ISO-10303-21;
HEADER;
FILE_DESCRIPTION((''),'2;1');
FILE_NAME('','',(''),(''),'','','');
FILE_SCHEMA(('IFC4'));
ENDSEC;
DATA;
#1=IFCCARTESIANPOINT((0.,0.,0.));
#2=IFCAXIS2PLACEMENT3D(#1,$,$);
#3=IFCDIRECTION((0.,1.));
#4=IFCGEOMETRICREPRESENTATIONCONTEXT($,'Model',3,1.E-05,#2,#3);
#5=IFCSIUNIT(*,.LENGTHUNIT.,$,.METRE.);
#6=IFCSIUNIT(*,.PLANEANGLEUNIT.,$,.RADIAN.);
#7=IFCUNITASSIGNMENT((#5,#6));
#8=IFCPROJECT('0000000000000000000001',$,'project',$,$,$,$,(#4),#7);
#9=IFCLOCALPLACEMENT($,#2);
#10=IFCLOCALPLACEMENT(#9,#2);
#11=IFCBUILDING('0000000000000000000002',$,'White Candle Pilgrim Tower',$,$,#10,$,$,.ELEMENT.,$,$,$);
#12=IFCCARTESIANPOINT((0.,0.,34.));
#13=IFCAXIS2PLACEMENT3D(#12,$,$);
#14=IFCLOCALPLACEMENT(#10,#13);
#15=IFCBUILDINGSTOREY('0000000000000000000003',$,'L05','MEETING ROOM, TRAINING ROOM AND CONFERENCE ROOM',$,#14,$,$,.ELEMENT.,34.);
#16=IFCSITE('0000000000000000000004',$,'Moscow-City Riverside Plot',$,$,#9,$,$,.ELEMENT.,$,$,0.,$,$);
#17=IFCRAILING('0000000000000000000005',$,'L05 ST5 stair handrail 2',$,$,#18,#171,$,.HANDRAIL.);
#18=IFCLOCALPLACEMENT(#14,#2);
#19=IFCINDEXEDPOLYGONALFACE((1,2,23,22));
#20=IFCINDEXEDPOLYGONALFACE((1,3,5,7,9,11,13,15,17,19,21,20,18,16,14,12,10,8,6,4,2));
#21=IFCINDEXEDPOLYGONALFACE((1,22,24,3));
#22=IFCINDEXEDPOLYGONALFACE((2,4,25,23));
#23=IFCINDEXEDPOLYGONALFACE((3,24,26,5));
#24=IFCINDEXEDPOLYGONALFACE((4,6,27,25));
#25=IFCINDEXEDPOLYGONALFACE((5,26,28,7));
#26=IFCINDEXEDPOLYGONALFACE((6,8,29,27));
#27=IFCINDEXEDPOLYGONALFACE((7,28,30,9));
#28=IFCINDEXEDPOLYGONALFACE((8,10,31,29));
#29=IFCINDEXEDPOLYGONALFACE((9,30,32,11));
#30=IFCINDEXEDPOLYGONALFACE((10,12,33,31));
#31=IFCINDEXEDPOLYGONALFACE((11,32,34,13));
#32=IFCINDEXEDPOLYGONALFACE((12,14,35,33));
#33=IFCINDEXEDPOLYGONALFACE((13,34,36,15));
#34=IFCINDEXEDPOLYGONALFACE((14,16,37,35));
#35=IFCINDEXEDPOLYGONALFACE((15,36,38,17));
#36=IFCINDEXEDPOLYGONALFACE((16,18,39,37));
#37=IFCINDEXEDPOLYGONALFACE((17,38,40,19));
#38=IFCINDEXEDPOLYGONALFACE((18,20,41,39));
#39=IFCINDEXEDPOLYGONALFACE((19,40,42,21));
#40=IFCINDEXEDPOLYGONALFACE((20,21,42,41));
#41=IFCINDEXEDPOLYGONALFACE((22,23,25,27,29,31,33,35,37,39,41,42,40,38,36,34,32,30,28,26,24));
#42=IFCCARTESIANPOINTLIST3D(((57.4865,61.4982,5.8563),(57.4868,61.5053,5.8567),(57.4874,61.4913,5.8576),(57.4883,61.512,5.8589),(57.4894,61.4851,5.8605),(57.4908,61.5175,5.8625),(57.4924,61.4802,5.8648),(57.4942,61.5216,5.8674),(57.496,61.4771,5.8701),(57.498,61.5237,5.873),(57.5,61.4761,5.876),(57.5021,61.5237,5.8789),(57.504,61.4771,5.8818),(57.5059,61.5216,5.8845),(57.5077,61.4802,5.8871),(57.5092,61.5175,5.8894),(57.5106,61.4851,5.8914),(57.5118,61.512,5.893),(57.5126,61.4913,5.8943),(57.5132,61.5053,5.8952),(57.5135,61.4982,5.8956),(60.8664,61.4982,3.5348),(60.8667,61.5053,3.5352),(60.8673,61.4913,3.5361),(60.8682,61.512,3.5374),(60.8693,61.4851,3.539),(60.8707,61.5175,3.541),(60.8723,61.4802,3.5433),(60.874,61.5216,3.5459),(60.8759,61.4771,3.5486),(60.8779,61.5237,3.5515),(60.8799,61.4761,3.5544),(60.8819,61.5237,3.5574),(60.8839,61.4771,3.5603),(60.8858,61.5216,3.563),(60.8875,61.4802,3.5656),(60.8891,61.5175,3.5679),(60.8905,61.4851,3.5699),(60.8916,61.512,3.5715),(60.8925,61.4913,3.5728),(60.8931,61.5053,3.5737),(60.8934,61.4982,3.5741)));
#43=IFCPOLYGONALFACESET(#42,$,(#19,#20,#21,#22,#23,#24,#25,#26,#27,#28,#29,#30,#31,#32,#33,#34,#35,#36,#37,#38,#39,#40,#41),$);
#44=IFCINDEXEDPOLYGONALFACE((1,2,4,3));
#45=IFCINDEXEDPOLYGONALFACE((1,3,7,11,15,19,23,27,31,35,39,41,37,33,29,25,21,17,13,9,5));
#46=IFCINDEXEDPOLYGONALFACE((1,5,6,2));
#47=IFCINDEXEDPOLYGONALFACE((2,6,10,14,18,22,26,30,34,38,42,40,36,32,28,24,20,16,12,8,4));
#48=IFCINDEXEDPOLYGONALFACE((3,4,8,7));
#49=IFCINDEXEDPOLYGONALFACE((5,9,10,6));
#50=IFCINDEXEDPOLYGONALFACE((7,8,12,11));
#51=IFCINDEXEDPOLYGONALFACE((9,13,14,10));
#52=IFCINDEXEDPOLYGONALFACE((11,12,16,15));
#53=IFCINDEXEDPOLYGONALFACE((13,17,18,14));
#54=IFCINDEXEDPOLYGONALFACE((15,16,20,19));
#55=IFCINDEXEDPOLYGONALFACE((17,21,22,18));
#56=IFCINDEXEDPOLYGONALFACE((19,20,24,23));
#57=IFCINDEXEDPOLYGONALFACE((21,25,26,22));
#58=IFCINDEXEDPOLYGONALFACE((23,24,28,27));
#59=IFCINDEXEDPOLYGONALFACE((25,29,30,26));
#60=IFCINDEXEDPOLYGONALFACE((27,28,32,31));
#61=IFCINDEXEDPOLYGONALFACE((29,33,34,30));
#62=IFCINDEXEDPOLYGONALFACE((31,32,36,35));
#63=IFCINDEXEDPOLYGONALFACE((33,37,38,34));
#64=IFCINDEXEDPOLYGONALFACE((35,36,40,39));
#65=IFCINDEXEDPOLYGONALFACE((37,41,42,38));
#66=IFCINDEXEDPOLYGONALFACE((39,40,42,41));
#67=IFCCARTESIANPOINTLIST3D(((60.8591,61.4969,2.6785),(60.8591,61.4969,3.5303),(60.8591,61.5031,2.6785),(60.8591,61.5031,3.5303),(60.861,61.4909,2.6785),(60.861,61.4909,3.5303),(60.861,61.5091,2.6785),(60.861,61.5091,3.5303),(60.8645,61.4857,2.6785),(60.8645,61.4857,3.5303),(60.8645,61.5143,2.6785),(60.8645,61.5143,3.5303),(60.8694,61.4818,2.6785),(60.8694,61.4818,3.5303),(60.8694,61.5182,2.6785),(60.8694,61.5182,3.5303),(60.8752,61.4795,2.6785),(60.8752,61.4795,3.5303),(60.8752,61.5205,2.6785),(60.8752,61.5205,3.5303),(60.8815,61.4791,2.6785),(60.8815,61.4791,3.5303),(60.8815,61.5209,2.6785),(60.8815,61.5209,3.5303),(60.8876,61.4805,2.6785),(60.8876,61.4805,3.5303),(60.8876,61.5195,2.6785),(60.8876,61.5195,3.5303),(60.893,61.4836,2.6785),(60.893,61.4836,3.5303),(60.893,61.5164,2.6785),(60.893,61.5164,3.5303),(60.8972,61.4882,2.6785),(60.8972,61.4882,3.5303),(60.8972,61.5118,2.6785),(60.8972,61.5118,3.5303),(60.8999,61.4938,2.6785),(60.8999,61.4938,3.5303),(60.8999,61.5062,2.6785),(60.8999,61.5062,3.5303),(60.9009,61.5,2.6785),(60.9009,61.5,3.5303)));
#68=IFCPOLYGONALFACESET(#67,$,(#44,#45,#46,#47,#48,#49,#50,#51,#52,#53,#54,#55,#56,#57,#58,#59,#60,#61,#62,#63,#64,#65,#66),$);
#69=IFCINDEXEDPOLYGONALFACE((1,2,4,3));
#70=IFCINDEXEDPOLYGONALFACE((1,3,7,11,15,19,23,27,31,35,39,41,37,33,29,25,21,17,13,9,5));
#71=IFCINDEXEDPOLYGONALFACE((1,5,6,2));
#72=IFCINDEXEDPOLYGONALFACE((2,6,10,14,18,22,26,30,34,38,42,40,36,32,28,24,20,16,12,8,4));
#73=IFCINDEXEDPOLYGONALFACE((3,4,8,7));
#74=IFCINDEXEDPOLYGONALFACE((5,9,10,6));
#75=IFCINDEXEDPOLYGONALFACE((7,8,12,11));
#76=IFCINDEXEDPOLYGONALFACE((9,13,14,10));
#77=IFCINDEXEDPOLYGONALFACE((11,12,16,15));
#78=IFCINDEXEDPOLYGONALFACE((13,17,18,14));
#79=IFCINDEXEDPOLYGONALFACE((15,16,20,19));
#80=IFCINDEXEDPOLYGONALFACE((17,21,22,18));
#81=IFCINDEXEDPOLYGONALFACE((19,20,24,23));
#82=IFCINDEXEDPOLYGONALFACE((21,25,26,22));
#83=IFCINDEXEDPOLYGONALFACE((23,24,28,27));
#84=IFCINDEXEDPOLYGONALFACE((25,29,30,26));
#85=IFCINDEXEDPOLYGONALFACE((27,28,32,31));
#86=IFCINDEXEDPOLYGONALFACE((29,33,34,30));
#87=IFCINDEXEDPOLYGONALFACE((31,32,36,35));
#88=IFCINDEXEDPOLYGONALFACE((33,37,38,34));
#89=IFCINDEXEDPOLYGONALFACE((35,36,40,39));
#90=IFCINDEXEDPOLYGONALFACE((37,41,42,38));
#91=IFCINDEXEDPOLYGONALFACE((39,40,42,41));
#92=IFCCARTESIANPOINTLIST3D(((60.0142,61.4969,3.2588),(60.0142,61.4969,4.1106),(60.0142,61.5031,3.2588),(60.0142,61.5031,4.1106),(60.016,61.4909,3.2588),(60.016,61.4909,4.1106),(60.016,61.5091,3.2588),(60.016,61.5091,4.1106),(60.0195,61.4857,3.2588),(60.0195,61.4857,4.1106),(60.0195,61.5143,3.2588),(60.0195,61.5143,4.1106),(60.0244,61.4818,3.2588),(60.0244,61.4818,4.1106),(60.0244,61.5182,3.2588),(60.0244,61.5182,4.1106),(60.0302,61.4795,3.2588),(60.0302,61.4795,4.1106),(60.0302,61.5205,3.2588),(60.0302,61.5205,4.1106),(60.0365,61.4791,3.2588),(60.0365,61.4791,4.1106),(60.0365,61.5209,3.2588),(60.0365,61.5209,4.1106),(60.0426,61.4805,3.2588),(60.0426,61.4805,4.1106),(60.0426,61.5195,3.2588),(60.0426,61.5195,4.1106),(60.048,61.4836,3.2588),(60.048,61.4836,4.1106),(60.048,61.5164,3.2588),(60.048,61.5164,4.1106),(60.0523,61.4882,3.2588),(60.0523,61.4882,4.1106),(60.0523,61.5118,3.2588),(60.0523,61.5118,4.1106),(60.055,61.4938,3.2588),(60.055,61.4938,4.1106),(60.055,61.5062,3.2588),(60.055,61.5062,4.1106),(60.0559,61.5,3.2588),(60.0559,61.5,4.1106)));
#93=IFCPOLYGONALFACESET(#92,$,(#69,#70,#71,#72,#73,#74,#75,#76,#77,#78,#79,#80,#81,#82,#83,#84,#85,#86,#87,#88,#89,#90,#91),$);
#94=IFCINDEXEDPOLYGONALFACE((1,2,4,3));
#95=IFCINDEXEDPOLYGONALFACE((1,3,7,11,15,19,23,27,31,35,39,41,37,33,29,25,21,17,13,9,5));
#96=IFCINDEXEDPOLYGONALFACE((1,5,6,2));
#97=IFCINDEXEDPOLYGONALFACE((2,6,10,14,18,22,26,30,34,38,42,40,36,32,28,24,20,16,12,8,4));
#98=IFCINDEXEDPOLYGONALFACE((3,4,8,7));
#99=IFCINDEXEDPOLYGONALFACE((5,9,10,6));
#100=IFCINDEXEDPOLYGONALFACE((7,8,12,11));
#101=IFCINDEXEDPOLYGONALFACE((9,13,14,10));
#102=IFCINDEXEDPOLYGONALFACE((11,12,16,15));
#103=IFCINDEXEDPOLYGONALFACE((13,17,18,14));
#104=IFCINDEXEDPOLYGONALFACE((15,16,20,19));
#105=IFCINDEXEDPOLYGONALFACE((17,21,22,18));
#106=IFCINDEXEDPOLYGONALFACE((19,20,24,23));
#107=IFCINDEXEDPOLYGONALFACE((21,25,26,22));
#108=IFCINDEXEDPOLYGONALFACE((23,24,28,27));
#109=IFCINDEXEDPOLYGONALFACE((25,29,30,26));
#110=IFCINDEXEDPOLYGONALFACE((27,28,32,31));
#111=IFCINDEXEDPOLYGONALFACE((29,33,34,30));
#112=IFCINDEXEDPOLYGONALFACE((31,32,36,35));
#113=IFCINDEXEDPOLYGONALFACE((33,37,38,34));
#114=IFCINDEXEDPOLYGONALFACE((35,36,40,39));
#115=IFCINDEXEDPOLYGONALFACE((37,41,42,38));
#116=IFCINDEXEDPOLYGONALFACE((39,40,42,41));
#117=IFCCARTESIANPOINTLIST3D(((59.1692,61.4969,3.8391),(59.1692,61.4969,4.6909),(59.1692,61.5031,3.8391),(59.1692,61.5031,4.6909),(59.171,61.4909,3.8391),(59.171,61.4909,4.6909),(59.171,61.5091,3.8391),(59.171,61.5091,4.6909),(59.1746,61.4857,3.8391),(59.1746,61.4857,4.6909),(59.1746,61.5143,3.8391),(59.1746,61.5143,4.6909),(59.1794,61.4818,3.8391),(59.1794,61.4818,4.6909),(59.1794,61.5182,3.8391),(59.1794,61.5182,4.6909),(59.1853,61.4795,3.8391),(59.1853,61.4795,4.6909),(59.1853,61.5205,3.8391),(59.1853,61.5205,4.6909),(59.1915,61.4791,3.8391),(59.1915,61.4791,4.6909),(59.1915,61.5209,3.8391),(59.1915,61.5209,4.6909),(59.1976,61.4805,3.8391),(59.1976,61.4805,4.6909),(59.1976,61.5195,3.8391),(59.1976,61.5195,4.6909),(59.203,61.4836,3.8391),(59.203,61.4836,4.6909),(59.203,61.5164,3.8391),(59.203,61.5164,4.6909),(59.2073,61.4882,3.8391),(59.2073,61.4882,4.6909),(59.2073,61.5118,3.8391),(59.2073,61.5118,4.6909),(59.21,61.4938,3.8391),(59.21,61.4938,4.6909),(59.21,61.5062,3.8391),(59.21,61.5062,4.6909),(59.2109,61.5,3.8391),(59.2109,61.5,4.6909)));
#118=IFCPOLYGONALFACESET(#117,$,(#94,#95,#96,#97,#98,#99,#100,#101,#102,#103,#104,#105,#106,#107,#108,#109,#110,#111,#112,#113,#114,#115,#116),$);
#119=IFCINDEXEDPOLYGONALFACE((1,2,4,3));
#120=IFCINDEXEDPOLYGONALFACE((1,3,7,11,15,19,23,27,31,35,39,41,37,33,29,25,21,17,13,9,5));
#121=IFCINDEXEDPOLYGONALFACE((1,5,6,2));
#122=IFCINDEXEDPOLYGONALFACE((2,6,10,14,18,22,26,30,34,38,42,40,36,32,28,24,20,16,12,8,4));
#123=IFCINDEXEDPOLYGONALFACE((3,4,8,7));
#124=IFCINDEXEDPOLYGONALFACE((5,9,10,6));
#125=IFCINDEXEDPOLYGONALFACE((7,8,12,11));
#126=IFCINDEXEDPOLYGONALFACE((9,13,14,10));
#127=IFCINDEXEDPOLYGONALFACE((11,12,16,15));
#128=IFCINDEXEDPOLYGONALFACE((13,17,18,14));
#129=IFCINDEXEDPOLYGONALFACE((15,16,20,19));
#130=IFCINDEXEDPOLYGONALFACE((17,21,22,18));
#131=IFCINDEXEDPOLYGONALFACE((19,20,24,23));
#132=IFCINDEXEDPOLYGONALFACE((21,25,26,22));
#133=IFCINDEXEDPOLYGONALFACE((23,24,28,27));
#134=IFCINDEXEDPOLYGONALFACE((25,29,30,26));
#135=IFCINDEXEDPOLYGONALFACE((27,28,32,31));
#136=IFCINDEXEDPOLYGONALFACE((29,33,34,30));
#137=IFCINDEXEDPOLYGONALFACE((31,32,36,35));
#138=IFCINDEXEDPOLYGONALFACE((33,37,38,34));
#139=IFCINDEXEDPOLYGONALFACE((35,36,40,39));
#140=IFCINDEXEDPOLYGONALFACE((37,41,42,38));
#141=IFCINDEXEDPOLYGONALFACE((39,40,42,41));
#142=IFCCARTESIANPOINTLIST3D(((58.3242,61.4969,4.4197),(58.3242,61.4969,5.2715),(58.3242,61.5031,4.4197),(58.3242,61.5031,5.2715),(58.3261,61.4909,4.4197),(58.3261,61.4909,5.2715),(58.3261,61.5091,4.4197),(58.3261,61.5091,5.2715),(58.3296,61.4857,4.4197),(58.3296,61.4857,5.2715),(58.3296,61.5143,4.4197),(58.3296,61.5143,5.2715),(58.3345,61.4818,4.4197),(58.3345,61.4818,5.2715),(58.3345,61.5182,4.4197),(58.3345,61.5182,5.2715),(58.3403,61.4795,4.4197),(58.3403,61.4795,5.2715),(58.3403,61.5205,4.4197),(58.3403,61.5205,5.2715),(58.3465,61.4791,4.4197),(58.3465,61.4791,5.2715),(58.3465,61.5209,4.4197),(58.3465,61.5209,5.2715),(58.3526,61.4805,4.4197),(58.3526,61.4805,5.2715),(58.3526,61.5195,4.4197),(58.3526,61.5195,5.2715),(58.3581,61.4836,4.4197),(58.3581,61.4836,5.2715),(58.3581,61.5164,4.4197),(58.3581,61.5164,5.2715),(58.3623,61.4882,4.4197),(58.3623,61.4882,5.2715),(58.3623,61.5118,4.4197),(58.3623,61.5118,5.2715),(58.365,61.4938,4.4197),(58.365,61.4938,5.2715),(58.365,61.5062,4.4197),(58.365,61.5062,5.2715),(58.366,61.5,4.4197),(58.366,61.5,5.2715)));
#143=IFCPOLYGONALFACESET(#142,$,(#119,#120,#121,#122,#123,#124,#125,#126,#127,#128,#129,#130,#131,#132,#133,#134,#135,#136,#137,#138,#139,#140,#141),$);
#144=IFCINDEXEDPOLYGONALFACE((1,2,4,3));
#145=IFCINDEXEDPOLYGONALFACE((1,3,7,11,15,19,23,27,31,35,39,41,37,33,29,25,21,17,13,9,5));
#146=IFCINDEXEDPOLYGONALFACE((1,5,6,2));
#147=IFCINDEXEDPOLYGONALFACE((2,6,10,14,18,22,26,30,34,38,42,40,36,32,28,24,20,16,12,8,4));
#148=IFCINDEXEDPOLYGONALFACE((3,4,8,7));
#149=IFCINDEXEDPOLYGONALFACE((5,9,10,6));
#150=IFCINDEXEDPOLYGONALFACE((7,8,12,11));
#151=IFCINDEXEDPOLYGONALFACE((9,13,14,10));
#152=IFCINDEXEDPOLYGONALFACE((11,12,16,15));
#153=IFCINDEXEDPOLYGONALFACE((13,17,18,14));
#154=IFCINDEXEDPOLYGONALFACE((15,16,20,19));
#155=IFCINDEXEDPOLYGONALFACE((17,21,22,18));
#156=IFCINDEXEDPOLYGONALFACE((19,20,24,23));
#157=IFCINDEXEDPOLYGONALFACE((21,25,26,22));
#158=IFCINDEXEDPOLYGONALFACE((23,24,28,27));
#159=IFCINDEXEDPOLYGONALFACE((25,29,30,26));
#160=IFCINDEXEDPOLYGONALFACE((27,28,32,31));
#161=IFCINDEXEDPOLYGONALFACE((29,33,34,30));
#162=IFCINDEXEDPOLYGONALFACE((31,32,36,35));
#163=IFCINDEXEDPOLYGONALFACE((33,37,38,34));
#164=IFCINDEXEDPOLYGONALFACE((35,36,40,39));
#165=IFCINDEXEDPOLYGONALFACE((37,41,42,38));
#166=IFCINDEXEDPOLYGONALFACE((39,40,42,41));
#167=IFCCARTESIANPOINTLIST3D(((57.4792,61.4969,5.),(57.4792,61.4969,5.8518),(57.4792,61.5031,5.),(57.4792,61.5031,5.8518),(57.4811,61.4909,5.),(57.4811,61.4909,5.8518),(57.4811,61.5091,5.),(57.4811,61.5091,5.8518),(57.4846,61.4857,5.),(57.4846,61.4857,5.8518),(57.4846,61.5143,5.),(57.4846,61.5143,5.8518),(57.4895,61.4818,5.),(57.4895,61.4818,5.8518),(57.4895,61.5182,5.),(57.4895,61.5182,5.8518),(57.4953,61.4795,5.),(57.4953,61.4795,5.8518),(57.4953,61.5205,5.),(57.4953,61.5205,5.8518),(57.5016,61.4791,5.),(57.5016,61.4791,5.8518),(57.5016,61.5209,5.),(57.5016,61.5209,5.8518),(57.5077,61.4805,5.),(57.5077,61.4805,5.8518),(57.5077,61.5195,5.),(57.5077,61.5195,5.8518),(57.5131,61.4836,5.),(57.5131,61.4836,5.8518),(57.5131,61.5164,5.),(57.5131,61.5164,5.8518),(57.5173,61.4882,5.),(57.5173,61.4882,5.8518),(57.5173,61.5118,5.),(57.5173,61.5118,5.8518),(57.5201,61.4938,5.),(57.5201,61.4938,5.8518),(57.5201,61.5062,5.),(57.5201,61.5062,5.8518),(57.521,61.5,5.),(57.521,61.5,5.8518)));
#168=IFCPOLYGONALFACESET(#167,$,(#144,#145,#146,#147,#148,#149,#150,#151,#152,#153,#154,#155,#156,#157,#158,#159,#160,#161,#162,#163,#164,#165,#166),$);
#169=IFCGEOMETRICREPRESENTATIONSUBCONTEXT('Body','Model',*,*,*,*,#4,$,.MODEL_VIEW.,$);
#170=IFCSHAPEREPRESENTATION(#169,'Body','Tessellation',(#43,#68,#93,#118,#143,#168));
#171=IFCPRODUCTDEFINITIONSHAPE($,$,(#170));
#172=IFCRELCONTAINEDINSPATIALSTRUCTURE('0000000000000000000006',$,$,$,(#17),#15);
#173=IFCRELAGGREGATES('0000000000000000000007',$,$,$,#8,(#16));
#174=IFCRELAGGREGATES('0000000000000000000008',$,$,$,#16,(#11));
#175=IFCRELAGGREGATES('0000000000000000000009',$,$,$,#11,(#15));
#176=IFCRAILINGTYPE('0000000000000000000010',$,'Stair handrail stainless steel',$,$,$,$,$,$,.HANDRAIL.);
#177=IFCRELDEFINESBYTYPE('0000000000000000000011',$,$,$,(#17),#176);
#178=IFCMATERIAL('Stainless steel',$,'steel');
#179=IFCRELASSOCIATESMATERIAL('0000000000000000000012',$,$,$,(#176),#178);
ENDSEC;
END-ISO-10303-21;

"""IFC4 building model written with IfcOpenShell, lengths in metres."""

from ifc_helpers import new_model, si_unit, direction, frame, origin, origin_2d, place, context, subcontext, project, spatial, circle, extrude, material, type_object, element, save


model = new_model("IFC4")

# Units and contexts
model_context = context("Model", 3, precision=1e-05, world=origin(), true_north=direction((0.0, 1.0)))
body_context = subcontext(model_context, "Body", "Model", "MODEL_VIEW")
ifc_project = project(units=[si_unit("LENGTHUNIT", "METRE"), si_unit("PLANEANGLEUNIT", "RADIAN")], contexts=[model_context])

# Site, building, storey
site_placement = place(None, origin())
site = spatial("IfcSite", under=ifc_project, at=site_placement, Name="Moscow-City Riverside Plot", CompositionType="ELEMENT", RefElevation=0.0)
building_placement = place(site_placement, origin())
building = spatial("IfcBuilding", under=site, at=building_placement, Name="White Candle Pilgrim Tower", CompositionType="ELEMENT")
storey_placement = place(building_placement, frame((0.0, 0.0, 34.0)))
storey = spatial("IfcBuildingStorey", under=building, at=storey_placement, Name="L05", Description="MEETING ROOM, TRAINING ROOM AND CONFERENCE ROOM", CompositionType="ELEMENT", Elevation=34.0)

# Shared definitions
ifc_material_1 = material(Name="Stainless steel", Category="steel")

# Railing
railing_type = type_object("IfcRailingType", Name="Stair handrail stainless steel", PredefinedType="HANDRAIL", material=ifc_material_1)
railing_placement = place(storey_placement, frame((60.8799, 61.5, 2.6785)))
element("IfcRailing", 1, at=railing_placement, inside=storey, type_object=railing_type, Name="L05 ST5 stair handrail 2", PredefinedType="HANDRAIL", context=body_context, shape_type="SweptSolid", body=[
    extrude(circle(Radius=0.0239, at=origin_2d()), frame((0.0, 0.0, 0.876), z_axis=(-0.824285, 0.0, 0.566175), x_axis=(0.0, -1.0, 0.0)), (0.0, 0.0, 1.0), 4.1003),
    extrude(circle(Radius=0.021, at=origin_2d()), origin(), (0.0, 0.0, 1.0), 0.8518),
    extrude(circle(Radius=0.021, at=origin_2d()), frame((-0.845, 0.0, 0.5803)), (0.0, 0.0, 1.0), 0.8518),
    extrude(circle(Radius=0.021, at=origin_2d()), frame((-1.6899, 0.0, 1.1606)), (0.0, 0.0, 1.0), 0.8518),
    extrude(circle(Radius=0.021, at=origin_2d()), frame((-2.5349, 0.0, 1.7412)), (0.0, 0.0, 1.0), 0.8518),
    extrude(circle(Radius=0.021, at=origin_2d()), frame((-3.3799, 0.0, 2.3215)), (0.0, 0.0, 1.0), 0.8518),
])

save(model, "model.ifc")
